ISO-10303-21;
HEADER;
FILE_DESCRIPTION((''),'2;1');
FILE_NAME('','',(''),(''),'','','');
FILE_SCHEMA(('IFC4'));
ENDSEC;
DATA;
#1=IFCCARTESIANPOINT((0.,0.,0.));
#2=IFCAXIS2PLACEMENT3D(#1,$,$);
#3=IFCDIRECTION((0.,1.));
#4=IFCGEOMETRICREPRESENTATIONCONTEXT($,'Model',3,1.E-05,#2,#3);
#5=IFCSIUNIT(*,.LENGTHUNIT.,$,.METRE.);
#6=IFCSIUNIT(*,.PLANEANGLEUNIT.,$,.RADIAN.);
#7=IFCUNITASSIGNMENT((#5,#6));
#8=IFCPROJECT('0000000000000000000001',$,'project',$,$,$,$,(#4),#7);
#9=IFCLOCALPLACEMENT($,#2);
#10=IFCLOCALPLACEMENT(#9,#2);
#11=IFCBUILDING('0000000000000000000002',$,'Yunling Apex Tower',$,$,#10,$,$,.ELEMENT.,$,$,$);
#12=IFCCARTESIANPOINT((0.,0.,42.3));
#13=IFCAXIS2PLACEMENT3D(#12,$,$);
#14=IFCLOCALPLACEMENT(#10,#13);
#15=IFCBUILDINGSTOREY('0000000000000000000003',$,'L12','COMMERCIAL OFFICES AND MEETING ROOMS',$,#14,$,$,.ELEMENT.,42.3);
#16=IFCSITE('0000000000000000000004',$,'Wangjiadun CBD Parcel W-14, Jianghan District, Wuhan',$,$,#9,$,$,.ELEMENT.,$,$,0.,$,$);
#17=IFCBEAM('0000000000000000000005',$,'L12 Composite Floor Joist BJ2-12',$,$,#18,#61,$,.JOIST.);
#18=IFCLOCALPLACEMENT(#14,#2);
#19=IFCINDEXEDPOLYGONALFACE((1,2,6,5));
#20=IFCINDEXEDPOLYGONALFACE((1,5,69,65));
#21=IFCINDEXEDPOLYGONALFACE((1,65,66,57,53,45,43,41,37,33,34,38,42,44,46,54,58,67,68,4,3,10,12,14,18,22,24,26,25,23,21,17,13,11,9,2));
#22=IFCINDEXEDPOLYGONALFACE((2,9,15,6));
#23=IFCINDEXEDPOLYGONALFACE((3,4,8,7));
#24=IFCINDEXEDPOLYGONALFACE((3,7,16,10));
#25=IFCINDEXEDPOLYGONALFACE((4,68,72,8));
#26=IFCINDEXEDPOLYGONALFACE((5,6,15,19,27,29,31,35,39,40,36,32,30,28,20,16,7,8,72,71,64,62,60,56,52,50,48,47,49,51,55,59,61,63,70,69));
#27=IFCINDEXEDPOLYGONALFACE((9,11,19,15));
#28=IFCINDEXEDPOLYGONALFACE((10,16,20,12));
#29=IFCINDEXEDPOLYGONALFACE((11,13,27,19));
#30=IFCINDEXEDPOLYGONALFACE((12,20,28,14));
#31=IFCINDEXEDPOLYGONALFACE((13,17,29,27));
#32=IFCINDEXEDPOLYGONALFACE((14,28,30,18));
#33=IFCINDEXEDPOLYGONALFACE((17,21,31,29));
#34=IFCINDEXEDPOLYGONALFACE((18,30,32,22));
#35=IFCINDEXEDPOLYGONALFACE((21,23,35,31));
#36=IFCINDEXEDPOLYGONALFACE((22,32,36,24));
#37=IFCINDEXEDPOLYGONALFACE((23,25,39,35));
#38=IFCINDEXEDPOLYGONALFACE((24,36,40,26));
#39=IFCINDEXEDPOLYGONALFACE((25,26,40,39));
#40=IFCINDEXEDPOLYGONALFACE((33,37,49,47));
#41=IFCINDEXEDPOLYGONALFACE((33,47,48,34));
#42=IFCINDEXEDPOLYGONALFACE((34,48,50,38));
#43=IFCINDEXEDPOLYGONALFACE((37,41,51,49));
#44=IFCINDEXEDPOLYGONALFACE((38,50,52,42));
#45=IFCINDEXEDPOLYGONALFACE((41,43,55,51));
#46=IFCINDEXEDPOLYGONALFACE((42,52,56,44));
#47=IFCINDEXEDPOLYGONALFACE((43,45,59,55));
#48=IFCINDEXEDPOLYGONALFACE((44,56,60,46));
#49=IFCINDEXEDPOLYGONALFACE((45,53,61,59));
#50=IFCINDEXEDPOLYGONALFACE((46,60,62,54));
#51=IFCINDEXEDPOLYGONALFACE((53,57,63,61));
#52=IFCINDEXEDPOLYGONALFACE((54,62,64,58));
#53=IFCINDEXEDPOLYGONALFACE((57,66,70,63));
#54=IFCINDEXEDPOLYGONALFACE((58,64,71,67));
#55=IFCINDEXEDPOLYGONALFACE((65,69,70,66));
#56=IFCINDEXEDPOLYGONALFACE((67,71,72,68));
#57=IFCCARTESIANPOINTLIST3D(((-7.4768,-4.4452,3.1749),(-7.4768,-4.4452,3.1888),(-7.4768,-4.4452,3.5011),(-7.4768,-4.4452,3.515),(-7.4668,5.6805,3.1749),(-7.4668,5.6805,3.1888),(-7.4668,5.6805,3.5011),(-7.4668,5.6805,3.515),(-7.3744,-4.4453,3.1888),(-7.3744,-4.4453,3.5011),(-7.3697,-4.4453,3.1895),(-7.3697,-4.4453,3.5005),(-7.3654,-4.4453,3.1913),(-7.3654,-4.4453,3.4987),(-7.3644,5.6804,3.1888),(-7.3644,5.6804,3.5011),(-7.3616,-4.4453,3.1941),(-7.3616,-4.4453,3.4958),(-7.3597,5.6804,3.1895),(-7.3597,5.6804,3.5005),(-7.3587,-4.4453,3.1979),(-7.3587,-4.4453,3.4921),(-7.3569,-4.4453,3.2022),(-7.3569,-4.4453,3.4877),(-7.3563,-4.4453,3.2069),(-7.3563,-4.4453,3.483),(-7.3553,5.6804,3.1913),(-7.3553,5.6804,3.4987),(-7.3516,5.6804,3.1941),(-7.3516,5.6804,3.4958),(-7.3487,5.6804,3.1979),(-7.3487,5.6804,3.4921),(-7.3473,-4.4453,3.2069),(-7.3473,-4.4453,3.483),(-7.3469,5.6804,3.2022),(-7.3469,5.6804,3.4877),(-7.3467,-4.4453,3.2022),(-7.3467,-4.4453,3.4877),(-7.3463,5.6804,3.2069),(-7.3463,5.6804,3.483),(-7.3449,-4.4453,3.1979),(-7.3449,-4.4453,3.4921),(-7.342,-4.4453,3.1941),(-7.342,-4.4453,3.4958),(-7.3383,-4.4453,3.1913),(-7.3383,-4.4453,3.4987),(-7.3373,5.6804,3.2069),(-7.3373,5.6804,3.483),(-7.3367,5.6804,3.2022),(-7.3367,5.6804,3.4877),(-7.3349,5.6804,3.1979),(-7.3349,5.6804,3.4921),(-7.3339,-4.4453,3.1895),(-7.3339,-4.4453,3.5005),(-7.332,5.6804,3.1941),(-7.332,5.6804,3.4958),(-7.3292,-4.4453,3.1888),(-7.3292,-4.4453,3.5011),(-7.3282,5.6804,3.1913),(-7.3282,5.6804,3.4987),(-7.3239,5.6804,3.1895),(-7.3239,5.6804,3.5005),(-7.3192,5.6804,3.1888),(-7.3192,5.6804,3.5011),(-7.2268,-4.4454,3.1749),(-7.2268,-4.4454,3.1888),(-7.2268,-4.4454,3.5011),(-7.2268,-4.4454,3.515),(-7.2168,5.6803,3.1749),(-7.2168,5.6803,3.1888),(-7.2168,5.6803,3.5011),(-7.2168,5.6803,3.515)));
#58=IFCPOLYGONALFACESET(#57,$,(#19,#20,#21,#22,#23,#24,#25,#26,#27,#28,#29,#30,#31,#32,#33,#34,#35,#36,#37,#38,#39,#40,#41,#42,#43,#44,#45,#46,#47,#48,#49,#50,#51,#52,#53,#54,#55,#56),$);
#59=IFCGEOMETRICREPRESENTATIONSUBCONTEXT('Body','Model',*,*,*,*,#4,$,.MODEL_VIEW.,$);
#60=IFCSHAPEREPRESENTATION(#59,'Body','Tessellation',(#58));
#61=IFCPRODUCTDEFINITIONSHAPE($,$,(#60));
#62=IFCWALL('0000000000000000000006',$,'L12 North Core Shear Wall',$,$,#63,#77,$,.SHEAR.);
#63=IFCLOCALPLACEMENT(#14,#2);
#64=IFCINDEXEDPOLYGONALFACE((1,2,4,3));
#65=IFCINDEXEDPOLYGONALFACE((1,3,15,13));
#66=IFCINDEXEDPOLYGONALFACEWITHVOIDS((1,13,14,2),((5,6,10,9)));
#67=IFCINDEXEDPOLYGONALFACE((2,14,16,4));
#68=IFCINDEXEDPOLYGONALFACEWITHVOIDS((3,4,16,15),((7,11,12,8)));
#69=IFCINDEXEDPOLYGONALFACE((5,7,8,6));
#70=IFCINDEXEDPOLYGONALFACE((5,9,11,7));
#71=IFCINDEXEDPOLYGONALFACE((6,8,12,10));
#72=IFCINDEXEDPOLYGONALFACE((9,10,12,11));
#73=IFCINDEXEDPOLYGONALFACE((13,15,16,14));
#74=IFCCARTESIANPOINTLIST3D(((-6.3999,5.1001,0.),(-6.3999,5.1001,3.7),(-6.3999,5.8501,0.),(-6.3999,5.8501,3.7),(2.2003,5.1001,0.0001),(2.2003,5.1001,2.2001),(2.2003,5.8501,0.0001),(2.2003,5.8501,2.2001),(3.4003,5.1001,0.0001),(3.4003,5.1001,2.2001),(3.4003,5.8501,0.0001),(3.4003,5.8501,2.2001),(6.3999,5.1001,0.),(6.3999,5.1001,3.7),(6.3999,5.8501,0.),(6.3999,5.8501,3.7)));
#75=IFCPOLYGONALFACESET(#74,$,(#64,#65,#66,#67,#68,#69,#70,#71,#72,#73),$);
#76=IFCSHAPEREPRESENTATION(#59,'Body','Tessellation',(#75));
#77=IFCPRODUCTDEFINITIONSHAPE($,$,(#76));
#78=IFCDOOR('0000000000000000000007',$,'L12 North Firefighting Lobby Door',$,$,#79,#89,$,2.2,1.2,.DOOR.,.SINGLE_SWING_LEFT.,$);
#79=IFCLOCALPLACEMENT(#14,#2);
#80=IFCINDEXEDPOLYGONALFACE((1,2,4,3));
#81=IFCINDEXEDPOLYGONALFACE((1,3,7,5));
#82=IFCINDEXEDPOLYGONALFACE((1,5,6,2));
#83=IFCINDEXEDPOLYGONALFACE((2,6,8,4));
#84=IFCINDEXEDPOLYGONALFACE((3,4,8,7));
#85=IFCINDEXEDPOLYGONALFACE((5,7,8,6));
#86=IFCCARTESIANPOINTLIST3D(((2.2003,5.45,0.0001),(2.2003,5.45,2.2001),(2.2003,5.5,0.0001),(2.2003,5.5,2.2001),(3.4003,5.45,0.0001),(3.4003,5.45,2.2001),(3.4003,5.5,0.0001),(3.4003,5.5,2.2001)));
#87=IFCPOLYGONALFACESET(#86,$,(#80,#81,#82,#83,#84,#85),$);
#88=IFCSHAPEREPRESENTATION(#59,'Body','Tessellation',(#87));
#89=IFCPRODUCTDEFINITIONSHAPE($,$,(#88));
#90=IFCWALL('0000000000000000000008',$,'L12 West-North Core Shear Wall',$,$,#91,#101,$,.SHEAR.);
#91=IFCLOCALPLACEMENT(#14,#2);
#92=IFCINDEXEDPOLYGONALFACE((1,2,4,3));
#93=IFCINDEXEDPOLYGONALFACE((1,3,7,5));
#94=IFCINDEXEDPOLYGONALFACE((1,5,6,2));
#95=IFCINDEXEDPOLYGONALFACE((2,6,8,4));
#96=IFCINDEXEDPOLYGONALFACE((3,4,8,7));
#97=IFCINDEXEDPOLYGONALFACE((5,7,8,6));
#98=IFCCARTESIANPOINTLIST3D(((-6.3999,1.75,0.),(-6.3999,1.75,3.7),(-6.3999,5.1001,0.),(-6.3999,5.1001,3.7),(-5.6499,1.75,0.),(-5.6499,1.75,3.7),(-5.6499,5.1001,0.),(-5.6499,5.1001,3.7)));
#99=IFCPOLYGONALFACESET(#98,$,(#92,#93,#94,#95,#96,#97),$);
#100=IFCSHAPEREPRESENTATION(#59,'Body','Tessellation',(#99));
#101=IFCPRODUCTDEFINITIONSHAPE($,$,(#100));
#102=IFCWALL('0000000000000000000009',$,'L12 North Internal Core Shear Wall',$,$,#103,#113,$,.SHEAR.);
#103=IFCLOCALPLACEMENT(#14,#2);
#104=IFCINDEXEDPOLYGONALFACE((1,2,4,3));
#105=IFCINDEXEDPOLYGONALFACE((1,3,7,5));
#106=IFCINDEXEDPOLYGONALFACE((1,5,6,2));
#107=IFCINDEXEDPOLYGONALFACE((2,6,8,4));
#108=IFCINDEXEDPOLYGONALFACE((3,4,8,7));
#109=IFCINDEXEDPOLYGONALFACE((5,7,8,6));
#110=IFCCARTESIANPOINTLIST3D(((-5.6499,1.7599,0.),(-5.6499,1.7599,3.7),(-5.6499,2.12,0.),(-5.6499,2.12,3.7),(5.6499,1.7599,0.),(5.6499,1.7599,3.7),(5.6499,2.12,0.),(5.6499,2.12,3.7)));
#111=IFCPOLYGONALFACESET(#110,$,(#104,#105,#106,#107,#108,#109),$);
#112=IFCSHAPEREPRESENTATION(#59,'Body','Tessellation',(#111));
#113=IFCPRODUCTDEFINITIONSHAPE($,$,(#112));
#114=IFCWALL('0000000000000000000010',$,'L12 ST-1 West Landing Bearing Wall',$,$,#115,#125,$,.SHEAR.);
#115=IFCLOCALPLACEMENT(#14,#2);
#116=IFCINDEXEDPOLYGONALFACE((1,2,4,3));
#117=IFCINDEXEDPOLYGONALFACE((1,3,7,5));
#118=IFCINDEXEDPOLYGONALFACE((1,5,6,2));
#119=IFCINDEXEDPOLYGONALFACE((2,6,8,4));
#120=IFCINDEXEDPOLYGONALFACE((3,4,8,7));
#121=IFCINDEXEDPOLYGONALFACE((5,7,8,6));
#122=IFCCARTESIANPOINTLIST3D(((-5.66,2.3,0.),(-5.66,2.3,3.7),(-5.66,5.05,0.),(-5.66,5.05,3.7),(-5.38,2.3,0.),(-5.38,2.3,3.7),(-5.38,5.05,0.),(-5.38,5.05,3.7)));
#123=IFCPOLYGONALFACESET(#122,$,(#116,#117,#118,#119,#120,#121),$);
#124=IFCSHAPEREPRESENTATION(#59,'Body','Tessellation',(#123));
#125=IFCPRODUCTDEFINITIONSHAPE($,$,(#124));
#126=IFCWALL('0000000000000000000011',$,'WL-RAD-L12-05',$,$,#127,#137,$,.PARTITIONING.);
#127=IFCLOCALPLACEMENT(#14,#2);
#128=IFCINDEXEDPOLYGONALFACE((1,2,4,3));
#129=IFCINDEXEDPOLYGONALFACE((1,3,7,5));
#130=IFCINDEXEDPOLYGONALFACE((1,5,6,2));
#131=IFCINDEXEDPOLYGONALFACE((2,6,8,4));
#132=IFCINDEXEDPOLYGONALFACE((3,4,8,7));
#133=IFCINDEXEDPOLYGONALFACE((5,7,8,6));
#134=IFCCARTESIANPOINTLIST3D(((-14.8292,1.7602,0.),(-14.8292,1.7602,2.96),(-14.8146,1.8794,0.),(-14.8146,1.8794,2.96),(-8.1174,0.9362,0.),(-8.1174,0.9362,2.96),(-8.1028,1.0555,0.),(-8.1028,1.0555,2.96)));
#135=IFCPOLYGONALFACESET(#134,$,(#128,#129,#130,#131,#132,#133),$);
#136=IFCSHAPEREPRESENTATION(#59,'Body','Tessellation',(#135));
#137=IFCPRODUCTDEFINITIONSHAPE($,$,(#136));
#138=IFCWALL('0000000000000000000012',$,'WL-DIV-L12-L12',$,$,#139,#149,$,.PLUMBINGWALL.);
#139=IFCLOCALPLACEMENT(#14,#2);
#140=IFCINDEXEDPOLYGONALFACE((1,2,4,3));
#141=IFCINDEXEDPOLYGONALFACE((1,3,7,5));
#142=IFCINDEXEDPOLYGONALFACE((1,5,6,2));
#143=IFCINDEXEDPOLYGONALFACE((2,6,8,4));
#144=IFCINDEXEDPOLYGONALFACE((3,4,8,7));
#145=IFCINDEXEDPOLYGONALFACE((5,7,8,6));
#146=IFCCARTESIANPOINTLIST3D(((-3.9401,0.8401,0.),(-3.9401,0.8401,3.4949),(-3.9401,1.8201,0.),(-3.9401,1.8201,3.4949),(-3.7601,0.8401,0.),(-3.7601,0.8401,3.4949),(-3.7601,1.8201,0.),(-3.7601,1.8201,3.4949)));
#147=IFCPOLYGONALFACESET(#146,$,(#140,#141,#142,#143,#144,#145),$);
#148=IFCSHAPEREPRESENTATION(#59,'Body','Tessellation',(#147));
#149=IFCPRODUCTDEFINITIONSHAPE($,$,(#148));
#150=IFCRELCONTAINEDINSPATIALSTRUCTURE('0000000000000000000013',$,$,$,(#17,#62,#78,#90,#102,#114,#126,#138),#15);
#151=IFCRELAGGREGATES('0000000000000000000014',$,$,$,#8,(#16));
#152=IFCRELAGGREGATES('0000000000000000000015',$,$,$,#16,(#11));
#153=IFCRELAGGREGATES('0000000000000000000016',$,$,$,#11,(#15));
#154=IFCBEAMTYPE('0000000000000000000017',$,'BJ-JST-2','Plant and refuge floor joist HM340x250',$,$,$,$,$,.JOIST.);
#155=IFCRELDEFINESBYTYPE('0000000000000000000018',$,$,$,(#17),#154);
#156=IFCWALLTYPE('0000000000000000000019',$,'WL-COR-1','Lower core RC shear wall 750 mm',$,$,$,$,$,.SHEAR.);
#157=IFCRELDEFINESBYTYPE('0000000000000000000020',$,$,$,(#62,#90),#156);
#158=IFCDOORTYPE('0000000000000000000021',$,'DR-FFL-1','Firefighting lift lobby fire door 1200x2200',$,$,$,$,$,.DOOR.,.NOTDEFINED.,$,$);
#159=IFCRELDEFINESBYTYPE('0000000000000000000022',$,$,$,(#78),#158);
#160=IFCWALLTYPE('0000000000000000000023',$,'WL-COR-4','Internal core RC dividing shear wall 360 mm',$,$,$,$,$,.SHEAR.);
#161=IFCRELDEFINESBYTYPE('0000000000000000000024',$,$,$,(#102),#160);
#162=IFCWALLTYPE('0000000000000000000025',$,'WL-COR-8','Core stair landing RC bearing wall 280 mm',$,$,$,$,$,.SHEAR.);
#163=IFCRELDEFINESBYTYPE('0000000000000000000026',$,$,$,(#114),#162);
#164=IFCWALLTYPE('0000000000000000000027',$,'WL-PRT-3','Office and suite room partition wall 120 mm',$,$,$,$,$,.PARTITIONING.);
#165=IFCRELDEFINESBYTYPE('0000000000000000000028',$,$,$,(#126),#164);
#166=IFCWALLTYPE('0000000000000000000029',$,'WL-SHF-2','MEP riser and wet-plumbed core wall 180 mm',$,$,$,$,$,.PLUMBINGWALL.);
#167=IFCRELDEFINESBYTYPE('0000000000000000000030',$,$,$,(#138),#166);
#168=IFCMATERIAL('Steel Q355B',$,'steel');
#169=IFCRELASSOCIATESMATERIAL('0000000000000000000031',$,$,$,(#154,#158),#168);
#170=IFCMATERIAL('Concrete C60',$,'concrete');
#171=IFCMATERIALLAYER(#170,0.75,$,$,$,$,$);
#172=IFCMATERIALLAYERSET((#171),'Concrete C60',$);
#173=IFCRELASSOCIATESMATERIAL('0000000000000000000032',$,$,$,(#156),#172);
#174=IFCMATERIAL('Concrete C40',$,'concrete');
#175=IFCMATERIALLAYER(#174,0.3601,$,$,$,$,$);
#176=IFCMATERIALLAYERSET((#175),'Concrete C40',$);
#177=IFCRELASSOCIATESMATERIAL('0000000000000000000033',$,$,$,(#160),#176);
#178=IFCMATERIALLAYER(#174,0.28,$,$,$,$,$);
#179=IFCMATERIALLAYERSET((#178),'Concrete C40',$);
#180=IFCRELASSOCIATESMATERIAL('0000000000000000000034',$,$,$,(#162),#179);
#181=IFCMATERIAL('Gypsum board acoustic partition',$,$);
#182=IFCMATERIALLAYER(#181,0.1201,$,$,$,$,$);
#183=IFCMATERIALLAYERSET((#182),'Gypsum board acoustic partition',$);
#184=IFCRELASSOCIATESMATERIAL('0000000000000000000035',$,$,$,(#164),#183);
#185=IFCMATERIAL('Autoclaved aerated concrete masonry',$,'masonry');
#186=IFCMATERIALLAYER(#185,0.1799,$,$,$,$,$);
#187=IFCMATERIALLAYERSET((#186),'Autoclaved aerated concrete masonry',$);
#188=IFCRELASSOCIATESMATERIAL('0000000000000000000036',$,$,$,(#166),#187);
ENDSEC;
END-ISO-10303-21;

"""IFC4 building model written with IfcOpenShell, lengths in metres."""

from ifc_helpers import new_model, si_unit, direction, frame, frame_2d, origin, origin_2d, place, context, subcontext, project, spatial, rectangle, i_section, extrude, source, transform, mapped, material, layer, layer_set, material_profile, profile_set, type_object, element, fill, save


model = new_model("IFC4")

# Units and contexts
model_context = context("Model", 3, precision=1e-05, world=origin(), true_north=direction((0.0, 1.0)))
body_context = subcontext(model_context, "Body", "Model", "MODEL_VIEW")
ifc_project = project(units=[si_unit("LENGTHUNIT", "METRE"), si_unit("PLANEANGLEUNIT", "RADIAN")], contexts=[model_context])

# Site, building, storey
site_placement = place(None, origin())
site = spatial("IfcSite", under=ifc_project, at=site_placement, Name="Wangjiadun CBD Parcel W-14, Jianghan District, Wuhan", CompositionType="ELEMENT", RefElevation=0.0)
building_placement = place(site_placement, origin())
building = spatial("IfcBuilding", under=site, at=building_placement, Name="Yunling Apex Tower", CompositionType="ELEMENT")
storey_placement = place(building_placement, frame((0.0, 0.0, 42.3)))
storey = spatial("IfcBuildingStorey", under=building, at=storey_placement, Name="L12", Description="COMMERCIAL OFFICES AND MEETING ROOMS", CompositionType="ELEMENT", Elevation=42.3)

# Shared definitions
ifc_material_1 = material(Name="Concrete C60", Category="concrete")

# Beam
ifc_material_2 = material(Name="Steel Q355B", Category="steel")
ifc_material_profile_1 = material_profile(ifc_material_2, i_section(OverallWidth=0.25, OverallDepth=0.3401, WebThickness=0.009, FlangeThickness=0.0139, FilletRadius=0.0181, at=origin_2d()))
ifc_profile_set_1 = profile_set([ifc_material_profile_1], Name="Steel Q355B")
beam_type_1 = type_object("IfcBeamType", Name="BJ-JST-2", Description="Plant and refuge floor joist HM340x250", PredefinedType="JOIST", material=ifc_profile_set_1)
shared_shape_1 = source(origin(), body_context, "Body", "SweptSolid", [
    extrude(i_section(OverallWidth=0.25, OverallDepth=0.3401, WebThickness=0.009, FlangeThickness=0.0139, FilletRadius=0.0181, at=origin_2d()), origin(), (0.0, 0.0, 1.0), 10.1257),
])
beam_1_placement = place(storey_placement, frame((-7.3418, 5.6804, 3.345), z_axis=(-0.000989, -1.0, 0.0), x_axis=(1.0, -0.000989, 0.0)))
element("IfcBeam", 1, at=beam_1_placement, inside=storey, type_object=beam_type_1, Name="L12 Composite Floor Joist BJ2-12", PredefinedType="JOIST", context=body_context, shape_type="MappedRepresentation", body=[
    mapped(shared_shape_1, transform((0.0, 0.0, 0.0), scale=1.0)),
])

# Wall, opening, door
ifc_layer_1 = layer(ifc_material_1, 0.75)
ifc_layer_set_1 = layer_set([ifc_layer_1], Name="Concrete C60")
wall_type_1 = type_object("IfcWallType", Name="WL-COR-1", Description="Lower core RC shear wall 750 mm", PredefinedType="SHEAR", material=ifc_layer_set_1)
wall_1_placement = place(storey_placement, frame((-6.3999, 5.4751, 0.0), z_axis=(0.0, 0.0, 1.0), x_axis=(1.0, 0.0, 0.0)))
wall_1 = element("IfcWall", 2, at=wall_1_placement, inside=storey, type_object=wall_type_1, Name="L12 North Core Shear Wall", PredefinedType="SHEAR", context=body_context, shape_type="SweptSolid", body=[
    extrude(rectangle(XDim=12.7998, YDim=0.75, at=frame_2d((6.3999, 0.0))), origin(), (0.0, 0.0, 1.0), 3.7),
])
opening_1_placement = place(wall_1_placement, frame((8.6001, 0.0, 0.0)))
opening_1 = element("IfcOpeningElement", 3, at=opening_1_placement, cuts=wall_1, PredefinedType="OPENING", context=body_context, shape_type="SweptSolid", body=[
    extrude(rectangle(XDim=1.2, YDim=2.2, at=frame_2d((0.6001, 1.1001))), frame((0.0, 0.385, 0.0), z_axis=(0.0, -1.0, 0.0), x_axis=(1.0, 0.0, 0.0)), (0.0, 0.0, 1.0), 0.77),
])
door_type_1 = type_object("IfcDoorType", Name="DR-FFL-1", Description="Firefighting lift lobby fire door 1200x2200", OperationType="NOTDEFINED", PredefinedType="DOOR", material=ifc_material_2)
door_1_placement = place(opening_1_placement, origin())
door_1 = element("IfcDoor", 4, at=door_1_placement, inside=storey, type_object=door_type_1, Name="L12 North Firefighting Lobby Door", OperationType="SINGLE_SWING_LEFT", OverallHeight=2.2, OverallWidth=1.2, PredefinedType="DOOR", context=body_context, shape_type="SweptSolid", body=[
    extrude(rectangle(XDim=1.2, YDim=2.2, at=frame_2d((0.6001, 1.1001))), frame((0.0, 0.0249, 0.0), z_axis=(0.0, -1.0, 0.0), x_axis=(1.0, 0.0, 0.0)), (0.0, 0.0, 1.0), 0.05),
])
fill(opening_1, door_1)

# Walls
wall_2_placement = place(storey_placement, frame((-6.0249, 1.75, 0.0), z_axis=(0.0, 0.0, 1.0), x_axis=(0.0, 1.0, 0.0)))
element("IfcWall", 5, at=wall_2_placement, inside=storey, type_object=wall_type_1, Name="L12 West-North Core Shear Wall", PredefinedType="SHEAR", context=body_context, shape_type="SweptSolid", body=[
    extrude(rectangle(XDim=3.3501, YDim=0.75, at=frame_2d((1.675, 0.0))), origin(), (0.0, 0.0, 1.0), 3.7),
])
ifc_material_3 = material(Name="Concrete C40", Category="concrete")
ifc_layer_2 = layer(ifc_material_3, 0.3601)
ifc_layer_set_2 = layer_set([ifc_layer_2], Name="Concrete C40")
wall_type_2 = type_object("IfcWallType", Name="WL-COR-4", Description="Internal core RC dividing shear wall 360 mm", PredefinedType="SHEAR", material=ifc_layer_set_2)
wall_3_placement = place(storey_placement, frame((-5.6499, 1.9399, 0.0), z_axis=(0.0, 0.0, 1.0), x_axis=(1.0, 0.0, 0.0)))
element("IfcWall", 6, at=wall_3_placement, inside=storey, type_object=wall_type_2, Name="L12 North Internal Core Shear Wall", PredefinedType="SHEAR", context=body_context, shape_type="SweptSolid", body=[
    extrude(rectangle(XDim=11.2998, YDim=0.3601, at=frame_2d((5.6499, 0.0))), origin(), (0.0, 0.0, 1.0), 3.7),
])
ifc_layer_3 = layer(ifc_material_3, 0.28)
ifc_layer_set_3 = layer_set([ifc_layer_3], Name="Concrete C40")
wall_type_3 = type_object("IfcWallType", Name="WL-COR-8", Description="Core stair landing RC bearing wall 280 mm", PredefinedType="SHEAR", material=ifc_layer_set_3)
wall_4_placement = place(storey_placement, frame((-5.52, 2.3, 0.0), z_axis=(0.0, 0.0, 1.0), x_axis=(0.0, 1.0, 0.0)))
element("IfcWall", 7, at=wall_4_placement, inside=storey, type_object=wall_type_3, Name="L12 ST-1 West Landing Bearing Wall", PredefinedType="SHEAR", context=body_context, shape_type="SweptSolid", body=[
    extrude(rectangle(XDim=2.75, YDim=0.28, at=frame_2d((1.375, 0.0))), origin(), (0.0, 0.0, 1.0), 3.7),
])
ifc_material_4 = material(Name="Gypsum board acoustic partition")
ifc_layer_4 = layer(ifc_material_4, 0.1201)
ifc_layer_set_4 = layer_set([ifc_layer_4], Name="Gypsum board acoustic partition")
wall_type_4 = type_object("IfcWallType", Name="WL-PRT-3", Description="Office and suite room partition wall 120 mm", PredefinedType="PARTITIONING", material=ifc_layer_set_4)
wall_5_placement = place(storey_placement, frame((-8.1101, 0.9958, 0.0), z_axis=(0.0, 0.0, 1.0), x_axis=(-0.992549, 0.121848, 0.0)))
element("IfcWall", 8, at=wall_5_placement, inside=storey, type_object=wall_type_4, Name="WL-RAD-L12-05", PredefinedType="PARTITIONING", context=body_context, shape_type="SweptSolid", body=[
    extrude(rectangle(XDim=6.7622, YDim=0.1201, at=frame_2d((3.3811, 0.0))), origin(), (0.0, 0.0, 1.0), 2.96),
])
ifc_material_5 = material(Name="Autoclaved aerated concrete masonry", Category="masonry")
ifc_layer_5 = layer(ifc_material_5, 0.1799)
ifc_layer_set_5 = layer_set([ifc_layer_5], Name="Autoclaved aerated concrete masonry")
wall_type_5 = type_object("IfcWallType", Name="WL-SHF-2", Description="MEP riser and wet-plumbed core wall 180 mm", PredefinedType="PLUMBINGWALL", material=ifc_layer_set_5)
wall_6_placement = place(storey_placement, frame((-3.8501, 0.8401, 0.0), z_axis=(0.0, 0.0, 1.0), x_axis=(0.0, 1.0, 0.0)))
element("IfcWall", 9, at=wall_6_placement, inside=storey, type_object=wall_type_5, Name="WL-DIV-L12-L12", PredefinedType="PLUMBINGWALL", context=body_context, shape_type="SweptSolid", body=[
    extrude(rectangle(XDim=0.98, YDim=0.1799, at=frame_2d((0.49, 0.0))), origin(), (0.0, 0.0, 1.0), 3.4949),
])

save(model, "model.ifc")
